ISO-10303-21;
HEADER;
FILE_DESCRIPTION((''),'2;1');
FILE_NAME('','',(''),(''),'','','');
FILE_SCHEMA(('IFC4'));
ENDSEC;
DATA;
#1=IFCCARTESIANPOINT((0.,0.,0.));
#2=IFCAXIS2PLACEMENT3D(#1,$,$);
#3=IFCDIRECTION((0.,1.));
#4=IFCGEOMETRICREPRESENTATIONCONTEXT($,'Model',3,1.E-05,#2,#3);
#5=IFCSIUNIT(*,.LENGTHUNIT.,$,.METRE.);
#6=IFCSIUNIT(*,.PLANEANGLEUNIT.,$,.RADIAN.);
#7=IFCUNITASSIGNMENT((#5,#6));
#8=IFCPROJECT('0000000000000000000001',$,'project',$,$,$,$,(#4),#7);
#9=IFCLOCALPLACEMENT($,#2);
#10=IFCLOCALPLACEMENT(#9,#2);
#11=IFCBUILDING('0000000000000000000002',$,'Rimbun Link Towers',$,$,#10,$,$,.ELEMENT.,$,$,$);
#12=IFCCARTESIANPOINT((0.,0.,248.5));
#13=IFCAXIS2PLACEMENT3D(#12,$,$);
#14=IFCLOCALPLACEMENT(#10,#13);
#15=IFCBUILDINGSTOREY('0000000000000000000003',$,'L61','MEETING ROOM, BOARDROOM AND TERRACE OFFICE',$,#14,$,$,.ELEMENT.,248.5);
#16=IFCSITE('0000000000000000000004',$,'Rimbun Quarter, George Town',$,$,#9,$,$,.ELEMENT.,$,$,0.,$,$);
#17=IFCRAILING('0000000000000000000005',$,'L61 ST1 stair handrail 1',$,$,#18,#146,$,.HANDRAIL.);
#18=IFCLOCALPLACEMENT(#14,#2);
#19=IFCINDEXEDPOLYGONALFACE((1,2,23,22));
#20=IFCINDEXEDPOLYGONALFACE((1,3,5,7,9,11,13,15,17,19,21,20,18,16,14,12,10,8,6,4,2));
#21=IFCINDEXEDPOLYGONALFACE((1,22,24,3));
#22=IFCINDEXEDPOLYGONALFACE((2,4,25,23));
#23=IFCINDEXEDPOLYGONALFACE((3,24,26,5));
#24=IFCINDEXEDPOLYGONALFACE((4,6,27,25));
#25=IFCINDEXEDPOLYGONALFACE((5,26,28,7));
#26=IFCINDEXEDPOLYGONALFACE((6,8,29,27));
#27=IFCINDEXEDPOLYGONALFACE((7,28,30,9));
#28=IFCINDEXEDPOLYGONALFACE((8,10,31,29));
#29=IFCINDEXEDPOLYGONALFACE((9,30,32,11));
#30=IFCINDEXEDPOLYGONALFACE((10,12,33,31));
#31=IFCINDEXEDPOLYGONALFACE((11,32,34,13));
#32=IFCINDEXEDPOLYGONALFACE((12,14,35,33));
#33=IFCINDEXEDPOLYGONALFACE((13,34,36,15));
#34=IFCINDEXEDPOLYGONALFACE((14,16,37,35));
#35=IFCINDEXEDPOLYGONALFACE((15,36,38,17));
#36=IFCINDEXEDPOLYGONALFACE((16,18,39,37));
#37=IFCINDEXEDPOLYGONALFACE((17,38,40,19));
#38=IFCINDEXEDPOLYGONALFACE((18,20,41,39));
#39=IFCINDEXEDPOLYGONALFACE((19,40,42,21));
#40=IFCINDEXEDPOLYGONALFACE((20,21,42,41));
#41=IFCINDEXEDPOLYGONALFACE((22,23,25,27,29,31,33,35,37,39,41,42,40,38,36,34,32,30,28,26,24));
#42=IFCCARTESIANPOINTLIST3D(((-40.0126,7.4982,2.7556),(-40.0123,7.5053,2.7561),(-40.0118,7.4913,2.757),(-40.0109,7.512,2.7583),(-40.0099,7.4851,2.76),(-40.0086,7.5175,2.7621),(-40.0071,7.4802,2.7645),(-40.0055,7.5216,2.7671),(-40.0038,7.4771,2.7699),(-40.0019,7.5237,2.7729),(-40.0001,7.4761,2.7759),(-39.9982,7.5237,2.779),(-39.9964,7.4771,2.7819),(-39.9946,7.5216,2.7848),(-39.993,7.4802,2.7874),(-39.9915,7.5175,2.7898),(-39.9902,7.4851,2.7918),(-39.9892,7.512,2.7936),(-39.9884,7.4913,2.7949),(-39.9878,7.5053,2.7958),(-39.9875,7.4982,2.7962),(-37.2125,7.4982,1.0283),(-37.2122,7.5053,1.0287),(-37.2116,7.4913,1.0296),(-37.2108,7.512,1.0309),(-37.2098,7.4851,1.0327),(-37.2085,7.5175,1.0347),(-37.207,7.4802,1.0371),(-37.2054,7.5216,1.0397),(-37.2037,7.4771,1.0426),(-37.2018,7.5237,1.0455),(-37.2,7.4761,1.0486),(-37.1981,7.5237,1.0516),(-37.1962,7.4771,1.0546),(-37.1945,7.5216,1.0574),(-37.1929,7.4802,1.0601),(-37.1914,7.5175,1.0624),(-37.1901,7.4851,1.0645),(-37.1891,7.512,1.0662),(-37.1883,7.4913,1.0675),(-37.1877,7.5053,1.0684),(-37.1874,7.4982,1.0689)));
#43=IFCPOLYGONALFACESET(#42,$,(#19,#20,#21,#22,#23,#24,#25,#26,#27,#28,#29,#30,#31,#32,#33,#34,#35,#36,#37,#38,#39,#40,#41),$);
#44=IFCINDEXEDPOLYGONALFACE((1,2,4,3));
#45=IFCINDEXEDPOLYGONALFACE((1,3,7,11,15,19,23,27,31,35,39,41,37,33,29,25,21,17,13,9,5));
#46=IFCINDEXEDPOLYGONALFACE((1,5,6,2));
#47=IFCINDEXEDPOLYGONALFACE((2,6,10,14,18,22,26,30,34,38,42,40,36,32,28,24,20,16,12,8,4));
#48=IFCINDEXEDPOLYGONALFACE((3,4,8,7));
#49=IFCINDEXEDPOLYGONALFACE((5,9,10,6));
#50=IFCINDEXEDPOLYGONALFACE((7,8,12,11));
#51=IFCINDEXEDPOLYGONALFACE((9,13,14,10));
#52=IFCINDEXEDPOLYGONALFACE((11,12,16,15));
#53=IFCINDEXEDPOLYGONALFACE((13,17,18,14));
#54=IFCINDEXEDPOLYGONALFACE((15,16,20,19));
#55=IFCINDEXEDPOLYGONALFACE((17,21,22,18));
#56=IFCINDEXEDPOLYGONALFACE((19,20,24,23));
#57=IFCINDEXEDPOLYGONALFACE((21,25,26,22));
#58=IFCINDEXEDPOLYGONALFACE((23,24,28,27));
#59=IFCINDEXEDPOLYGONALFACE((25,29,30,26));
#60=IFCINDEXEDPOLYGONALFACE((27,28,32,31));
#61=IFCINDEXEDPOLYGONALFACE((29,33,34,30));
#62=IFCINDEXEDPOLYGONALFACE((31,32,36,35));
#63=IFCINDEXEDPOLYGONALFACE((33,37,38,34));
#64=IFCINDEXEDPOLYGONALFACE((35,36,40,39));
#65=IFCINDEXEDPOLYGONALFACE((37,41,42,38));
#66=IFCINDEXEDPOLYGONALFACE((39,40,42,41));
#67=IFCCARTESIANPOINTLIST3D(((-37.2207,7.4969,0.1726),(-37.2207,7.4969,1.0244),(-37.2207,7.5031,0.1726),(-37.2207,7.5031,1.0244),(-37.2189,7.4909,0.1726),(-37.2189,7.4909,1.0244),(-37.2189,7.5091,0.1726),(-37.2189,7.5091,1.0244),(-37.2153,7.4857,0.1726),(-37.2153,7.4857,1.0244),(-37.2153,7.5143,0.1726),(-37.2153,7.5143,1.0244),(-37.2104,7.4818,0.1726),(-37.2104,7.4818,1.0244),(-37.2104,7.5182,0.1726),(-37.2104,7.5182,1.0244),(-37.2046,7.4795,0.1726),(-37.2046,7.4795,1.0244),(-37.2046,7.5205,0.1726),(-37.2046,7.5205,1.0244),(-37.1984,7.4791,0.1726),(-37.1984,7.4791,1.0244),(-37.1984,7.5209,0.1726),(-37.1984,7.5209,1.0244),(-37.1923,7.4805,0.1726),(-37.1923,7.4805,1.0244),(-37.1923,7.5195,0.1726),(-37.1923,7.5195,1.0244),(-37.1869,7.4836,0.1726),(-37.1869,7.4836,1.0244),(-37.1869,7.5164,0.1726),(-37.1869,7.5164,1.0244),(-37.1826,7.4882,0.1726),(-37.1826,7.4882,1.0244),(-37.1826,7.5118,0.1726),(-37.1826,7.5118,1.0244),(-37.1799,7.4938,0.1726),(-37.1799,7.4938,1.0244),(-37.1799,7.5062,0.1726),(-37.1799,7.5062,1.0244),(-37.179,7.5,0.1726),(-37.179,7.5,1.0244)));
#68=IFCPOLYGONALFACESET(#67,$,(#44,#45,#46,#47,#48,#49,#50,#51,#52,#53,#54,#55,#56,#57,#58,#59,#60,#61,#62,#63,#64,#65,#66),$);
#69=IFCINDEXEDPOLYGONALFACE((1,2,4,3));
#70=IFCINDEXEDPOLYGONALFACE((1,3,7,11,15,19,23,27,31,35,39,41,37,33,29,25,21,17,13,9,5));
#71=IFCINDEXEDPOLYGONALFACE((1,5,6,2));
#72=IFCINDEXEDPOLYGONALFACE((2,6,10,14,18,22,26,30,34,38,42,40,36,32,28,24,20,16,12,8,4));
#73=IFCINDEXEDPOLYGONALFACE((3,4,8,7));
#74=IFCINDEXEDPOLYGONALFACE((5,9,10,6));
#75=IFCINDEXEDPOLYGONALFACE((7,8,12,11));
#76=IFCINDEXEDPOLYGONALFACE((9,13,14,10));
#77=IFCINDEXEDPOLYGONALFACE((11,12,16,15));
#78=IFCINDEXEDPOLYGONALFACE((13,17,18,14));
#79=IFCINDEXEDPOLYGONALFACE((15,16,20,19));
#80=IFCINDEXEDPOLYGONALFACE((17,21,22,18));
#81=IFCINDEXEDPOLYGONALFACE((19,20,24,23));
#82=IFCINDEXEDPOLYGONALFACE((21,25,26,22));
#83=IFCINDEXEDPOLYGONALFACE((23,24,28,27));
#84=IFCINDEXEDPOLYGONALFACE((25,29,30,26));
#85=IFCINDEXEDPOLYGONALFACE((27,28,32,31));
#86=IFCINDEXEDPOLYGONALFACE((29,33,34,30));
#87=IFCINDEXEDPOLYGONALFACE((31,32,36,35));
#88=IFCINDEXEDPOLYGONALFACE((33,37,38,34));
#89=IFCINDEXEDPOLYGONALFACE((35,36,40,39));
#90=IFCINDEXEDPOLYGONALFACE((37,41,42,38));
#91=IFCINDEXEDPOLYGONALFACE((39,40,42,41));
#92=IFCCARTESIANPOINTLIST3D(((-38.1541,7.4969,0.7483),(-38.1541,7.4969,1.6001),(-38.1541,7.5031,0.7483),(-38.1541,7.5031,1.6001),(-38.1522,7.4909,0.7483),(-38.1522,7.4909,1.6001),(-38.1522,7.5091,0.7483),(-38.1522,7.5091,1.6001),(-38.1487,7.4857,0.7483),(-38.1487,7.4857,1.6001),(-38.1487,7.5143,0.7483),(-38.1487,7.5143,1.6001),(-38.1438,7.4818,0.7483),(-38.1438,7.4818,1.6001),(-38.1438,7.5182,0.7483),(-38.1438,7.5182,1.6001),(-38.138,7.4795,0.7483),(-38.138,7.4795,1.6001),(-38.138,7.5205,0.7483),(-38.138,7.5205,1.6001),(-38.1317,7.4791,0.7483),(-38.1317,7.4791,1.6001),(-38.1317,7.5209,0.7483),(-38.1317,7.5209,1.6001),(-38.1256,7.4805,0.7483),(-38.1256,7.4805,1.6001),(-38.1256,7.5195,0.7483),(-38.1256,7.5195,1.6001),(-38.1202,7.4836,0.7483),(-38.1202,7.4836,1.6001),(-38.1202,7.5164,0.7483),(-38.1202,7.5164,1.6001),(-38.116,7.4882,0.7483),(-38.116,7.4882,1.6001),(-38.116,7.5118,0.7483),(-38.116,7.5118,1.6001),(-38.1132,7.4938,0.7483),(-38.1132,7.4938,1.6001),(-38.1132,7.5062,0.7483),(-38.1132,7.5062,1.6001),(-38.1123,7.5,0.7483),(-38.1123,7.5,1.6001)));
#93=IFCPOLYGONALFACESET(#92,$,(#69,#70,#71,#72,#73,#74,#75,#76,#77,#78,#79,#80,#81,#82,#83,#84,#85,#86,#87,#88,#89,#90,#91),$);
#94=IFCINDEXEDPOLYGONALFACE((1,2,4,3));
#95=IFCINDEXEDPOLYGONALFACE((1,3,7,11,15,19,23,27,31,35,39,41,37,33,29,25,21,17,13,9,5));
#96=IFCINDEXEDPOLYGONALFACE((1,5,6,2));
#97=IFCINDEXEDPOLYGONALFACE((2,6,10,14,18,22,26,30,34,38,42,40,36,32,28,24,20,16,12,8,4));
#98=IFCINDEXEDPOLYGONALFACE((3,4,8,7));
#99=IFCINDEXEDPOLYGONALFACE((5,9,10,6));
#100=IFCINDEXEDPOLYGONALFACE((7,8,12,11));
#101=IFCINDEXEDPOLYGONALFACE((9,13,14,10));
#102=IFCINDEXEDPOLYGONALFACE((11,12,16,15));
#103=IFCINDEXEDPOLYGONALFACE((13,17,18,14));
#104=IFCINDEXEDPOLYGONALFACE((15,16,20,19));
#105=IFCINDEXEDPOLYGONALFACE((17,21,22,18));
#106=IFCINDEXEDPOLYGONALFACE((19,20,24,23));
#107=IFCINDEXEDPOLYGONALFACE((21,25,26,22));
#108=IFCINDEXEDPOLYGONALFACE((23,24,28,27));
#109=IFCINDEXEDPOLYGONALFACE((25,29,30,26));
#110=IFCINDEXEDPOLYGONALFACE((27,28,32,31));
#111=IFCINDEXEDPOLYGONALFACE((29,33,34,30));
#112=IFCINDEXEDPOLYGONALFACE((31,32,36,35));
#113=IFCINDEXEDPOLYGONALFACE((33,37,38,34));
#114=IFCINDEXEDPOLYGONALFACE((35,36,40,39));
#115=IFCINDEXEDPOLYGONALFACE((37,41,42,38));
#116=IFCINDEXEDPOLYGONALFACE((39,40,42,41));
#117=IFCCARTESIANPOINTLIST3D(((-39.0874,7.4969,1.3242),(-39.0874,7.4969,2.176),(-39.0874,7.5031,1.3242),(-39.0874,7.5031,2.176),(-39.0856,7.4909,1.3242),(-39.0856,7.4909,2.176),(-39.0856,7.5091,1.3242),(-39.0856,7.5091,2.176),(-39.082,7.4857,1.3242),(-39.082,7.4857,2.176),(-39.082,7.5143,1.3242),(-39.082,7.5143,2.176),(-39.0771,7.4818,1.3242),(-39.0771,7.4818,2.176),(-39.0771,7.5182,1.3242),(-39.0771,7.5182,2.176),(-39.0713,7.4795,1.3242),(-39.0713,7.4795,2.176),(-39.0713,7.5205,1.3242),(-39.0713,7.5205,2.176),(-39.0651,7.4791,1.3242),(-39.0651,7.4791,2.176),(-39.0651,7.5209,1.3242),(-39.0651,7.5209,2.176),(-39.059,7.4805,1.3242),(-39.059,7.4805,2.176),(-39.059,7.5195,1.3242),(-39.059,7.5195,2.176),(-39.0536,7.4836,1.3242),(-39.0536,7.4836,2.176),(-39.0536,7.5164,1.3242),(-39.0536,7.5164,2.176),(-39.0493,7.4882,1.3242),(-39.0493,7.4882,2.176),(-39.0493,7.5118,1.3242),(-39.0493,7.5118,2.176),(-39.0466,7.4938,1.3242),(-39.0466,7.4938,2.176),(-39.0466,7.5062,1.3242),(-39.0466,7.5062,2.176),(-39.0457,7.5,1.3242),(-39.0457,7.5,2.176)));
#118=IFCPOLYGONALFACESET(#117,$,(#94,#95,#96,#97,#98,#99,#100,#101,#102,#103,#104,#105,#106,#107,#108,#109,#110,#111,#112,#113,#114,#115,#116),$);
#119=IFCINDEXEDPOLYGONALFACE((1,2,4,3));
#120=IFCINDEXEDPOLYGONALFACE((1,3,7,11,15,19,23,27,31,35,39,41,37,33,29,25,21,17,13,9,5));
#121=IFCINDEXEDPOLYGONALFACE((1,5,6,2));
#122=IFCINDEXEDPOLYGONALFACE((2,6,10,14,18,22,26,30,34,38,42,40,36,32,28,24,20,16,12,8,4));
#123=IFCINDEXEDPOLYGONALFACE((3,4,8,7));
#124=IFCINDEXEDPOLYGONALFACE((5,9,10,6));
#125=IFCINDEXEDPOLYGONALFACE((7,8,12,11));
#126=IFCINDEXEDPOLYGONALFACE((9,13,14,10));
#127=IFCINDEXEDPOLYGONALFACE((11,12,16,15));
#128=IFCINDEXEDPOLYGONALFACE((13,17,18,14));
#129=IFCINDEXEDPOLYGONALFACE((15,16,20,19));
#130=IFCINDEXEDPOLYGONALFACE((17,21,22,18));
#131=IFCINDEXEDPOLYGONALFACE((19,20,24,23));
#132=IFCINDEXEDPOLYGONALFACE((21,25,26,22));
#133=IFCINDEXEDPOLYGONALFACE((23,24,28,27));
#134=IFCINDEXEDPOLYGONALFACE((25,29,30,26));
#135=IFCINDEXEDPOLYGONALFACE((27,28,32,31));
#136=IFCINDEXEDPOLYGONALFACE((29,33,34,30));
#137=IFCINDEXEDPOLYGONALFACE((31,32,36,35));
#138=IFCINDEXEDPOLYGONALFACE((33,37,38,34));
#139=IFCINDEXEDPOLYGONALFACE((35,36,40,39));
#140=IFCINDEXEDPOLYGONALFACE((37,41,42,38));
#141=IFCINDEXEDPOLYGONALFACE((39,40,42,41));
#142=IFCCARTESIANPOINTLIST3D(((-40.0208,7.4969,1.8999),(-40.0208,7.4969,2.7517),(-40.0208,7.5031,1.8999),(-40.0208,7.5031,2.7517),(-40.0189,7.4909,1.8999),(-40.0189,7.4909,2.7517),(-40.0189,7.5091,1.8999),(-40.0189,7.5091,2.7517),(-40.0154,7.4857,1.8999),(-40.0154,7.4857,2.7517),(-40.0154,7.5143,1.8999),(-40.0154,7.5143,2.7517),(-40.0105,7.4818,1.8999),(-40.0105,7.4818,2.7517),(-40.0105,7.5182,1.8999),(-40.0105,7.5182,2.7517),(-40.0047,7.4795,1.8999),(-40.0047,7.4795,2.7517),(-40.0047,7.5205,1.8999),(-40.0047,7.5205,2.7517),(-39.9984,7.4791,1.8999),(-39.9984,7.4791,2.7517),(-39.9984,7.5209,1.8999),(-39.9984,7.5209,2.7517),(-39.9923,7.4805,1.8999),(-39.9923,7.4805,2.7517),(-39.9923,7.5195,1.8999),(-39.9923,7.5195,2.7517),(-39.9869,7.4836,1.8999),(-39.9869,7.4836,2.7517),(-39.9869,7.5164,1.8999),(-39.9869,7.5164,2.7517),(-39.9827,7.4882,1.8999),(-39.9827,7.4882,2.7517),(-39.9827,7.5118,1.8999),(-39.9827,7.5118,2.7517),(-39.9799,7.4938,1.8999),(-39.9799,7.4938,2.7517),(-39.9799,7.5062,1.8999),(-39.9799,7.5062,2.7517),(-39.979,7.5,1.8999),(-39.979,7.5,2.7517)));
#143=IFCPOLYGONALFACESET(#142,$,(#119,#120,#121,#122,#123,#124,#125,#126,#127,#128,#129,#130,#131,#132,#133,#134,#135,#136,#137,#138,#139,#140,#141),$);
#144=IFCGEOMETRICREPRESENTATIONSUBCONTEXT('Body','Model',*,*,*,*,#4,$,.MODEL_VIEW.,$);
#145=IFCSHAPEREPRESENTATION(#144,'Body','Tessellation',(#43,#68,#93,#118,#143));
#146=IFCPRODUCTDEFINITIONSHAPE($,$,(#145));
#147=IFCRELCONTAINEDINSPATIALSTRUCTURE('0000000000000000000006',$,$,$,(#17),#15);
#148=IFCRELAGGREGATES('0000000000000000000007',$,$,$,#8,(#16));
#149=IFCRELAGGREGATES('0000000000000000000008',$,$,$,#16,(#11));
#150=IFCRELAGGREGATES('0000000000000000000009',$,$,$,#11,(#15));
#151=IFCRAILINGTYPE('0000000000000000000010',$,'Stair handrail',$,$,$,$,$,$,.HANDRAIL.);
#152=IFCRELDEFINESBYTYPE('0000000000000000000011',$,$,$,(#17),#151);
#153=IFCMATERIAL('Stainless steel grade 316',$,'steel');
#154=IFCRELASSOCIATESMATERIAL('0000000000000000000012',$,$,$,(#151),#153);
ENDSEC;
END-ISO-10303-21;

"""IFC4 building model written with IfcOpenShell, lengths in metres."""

from ifc_helpers import new_model, si_unit, direction, frame, origin, origin_2d, place, context, subcontext, project, spatial, circle, extrude, material, type_object, element, save


model = new_model("IFC4")

# Units and contexts
model_context = context("Model", 3, precision=1e-05, world=origin(), true_north=direction((0.0, 1.0)))
body_context = subcontext(model_context, "Body", "Model", "MODEL_VIEW")
ifc_project = project(units=[si_unit("LENGTHUNIT", "METRE"), si_unit("PLANEANGLEUNIT", "RADIAN")], contexts=[model_context])

# Site, building, storey
site_placement = place(None, origin())
site = spatial("IfcSite", under=ifc_project, at=site_placement, Name="Rimbun Quarter, George Town", CompositionType="ELEMENT", RefElevation=0.0)
building_placement = place(site_placement, origin())
building = spatial("IfcBuilding", under=site, at=building_placement, Name="Rimbun Link Towers", CompositionType="ELEMENT")
storey_placement = place(building_placement, frame((0.0, 0.0, 248.5)))
storey = spatial("IfcBuildingStorey", under=building, at=storey_placement, Name="L61", Description="MEETING ROOM, BOARDROOM AND TERRACE OFFICE", CompositionType="ELEMENT", Elevation=248.5)

# Railing
ifc_material_1 = material(Name="Stainless steel grade 316", Category="steel")
railing_type_1 = type_object("IfcRailingType", Name="Stair handrail", PredefinedType="HANDRAIL", material=ifc_material_1)
railing_1_placement = place(storey_placement, frame((-37.2, 7.5, 0.1726)))
element("IfcRailing", 1, at=railing_1_placement, inside=storey, type_object=railing_type_1, Name="L61 ST1 stair handrail 1", PredefinedType="HANDRAIL", context=body_context, shape_type="SweptSolid", body=[
    extrude(circle(Radius=0.0239, at=origin_2d()), frame((0.0, 0.0, 0.876), z_axis=(-0.85109, 0.0, 0.52502), x_axis=(0.0, -1.0, 0.0)), (0.0, 0.0, 1.0), 3.29),
    extrude(circle(Radius=0.021, at=origin_2d()), origin(), (0.0, 0.0, 1.0), 0.8518),
    extrude(circle(Radius=0.021, at=origin_2d()), frame((-0.9333, 0.0, 0.5757)), (0.0, 0.0, 1.0), 0.8518),
    extrude(circle(Radius=0.021, at=origin_2d()), frame((-1.8667, 0.0, 1.1516)), (0.0, 0.0, 1.0), 0.8518),
    extrude(circle(Radius=0.021, at=origin_2d()), frame((-2.8, 0.0, 1.7273)), (0.0, 0.0, 1.0), 0.8518),
])

save(model, "model.ifc")
